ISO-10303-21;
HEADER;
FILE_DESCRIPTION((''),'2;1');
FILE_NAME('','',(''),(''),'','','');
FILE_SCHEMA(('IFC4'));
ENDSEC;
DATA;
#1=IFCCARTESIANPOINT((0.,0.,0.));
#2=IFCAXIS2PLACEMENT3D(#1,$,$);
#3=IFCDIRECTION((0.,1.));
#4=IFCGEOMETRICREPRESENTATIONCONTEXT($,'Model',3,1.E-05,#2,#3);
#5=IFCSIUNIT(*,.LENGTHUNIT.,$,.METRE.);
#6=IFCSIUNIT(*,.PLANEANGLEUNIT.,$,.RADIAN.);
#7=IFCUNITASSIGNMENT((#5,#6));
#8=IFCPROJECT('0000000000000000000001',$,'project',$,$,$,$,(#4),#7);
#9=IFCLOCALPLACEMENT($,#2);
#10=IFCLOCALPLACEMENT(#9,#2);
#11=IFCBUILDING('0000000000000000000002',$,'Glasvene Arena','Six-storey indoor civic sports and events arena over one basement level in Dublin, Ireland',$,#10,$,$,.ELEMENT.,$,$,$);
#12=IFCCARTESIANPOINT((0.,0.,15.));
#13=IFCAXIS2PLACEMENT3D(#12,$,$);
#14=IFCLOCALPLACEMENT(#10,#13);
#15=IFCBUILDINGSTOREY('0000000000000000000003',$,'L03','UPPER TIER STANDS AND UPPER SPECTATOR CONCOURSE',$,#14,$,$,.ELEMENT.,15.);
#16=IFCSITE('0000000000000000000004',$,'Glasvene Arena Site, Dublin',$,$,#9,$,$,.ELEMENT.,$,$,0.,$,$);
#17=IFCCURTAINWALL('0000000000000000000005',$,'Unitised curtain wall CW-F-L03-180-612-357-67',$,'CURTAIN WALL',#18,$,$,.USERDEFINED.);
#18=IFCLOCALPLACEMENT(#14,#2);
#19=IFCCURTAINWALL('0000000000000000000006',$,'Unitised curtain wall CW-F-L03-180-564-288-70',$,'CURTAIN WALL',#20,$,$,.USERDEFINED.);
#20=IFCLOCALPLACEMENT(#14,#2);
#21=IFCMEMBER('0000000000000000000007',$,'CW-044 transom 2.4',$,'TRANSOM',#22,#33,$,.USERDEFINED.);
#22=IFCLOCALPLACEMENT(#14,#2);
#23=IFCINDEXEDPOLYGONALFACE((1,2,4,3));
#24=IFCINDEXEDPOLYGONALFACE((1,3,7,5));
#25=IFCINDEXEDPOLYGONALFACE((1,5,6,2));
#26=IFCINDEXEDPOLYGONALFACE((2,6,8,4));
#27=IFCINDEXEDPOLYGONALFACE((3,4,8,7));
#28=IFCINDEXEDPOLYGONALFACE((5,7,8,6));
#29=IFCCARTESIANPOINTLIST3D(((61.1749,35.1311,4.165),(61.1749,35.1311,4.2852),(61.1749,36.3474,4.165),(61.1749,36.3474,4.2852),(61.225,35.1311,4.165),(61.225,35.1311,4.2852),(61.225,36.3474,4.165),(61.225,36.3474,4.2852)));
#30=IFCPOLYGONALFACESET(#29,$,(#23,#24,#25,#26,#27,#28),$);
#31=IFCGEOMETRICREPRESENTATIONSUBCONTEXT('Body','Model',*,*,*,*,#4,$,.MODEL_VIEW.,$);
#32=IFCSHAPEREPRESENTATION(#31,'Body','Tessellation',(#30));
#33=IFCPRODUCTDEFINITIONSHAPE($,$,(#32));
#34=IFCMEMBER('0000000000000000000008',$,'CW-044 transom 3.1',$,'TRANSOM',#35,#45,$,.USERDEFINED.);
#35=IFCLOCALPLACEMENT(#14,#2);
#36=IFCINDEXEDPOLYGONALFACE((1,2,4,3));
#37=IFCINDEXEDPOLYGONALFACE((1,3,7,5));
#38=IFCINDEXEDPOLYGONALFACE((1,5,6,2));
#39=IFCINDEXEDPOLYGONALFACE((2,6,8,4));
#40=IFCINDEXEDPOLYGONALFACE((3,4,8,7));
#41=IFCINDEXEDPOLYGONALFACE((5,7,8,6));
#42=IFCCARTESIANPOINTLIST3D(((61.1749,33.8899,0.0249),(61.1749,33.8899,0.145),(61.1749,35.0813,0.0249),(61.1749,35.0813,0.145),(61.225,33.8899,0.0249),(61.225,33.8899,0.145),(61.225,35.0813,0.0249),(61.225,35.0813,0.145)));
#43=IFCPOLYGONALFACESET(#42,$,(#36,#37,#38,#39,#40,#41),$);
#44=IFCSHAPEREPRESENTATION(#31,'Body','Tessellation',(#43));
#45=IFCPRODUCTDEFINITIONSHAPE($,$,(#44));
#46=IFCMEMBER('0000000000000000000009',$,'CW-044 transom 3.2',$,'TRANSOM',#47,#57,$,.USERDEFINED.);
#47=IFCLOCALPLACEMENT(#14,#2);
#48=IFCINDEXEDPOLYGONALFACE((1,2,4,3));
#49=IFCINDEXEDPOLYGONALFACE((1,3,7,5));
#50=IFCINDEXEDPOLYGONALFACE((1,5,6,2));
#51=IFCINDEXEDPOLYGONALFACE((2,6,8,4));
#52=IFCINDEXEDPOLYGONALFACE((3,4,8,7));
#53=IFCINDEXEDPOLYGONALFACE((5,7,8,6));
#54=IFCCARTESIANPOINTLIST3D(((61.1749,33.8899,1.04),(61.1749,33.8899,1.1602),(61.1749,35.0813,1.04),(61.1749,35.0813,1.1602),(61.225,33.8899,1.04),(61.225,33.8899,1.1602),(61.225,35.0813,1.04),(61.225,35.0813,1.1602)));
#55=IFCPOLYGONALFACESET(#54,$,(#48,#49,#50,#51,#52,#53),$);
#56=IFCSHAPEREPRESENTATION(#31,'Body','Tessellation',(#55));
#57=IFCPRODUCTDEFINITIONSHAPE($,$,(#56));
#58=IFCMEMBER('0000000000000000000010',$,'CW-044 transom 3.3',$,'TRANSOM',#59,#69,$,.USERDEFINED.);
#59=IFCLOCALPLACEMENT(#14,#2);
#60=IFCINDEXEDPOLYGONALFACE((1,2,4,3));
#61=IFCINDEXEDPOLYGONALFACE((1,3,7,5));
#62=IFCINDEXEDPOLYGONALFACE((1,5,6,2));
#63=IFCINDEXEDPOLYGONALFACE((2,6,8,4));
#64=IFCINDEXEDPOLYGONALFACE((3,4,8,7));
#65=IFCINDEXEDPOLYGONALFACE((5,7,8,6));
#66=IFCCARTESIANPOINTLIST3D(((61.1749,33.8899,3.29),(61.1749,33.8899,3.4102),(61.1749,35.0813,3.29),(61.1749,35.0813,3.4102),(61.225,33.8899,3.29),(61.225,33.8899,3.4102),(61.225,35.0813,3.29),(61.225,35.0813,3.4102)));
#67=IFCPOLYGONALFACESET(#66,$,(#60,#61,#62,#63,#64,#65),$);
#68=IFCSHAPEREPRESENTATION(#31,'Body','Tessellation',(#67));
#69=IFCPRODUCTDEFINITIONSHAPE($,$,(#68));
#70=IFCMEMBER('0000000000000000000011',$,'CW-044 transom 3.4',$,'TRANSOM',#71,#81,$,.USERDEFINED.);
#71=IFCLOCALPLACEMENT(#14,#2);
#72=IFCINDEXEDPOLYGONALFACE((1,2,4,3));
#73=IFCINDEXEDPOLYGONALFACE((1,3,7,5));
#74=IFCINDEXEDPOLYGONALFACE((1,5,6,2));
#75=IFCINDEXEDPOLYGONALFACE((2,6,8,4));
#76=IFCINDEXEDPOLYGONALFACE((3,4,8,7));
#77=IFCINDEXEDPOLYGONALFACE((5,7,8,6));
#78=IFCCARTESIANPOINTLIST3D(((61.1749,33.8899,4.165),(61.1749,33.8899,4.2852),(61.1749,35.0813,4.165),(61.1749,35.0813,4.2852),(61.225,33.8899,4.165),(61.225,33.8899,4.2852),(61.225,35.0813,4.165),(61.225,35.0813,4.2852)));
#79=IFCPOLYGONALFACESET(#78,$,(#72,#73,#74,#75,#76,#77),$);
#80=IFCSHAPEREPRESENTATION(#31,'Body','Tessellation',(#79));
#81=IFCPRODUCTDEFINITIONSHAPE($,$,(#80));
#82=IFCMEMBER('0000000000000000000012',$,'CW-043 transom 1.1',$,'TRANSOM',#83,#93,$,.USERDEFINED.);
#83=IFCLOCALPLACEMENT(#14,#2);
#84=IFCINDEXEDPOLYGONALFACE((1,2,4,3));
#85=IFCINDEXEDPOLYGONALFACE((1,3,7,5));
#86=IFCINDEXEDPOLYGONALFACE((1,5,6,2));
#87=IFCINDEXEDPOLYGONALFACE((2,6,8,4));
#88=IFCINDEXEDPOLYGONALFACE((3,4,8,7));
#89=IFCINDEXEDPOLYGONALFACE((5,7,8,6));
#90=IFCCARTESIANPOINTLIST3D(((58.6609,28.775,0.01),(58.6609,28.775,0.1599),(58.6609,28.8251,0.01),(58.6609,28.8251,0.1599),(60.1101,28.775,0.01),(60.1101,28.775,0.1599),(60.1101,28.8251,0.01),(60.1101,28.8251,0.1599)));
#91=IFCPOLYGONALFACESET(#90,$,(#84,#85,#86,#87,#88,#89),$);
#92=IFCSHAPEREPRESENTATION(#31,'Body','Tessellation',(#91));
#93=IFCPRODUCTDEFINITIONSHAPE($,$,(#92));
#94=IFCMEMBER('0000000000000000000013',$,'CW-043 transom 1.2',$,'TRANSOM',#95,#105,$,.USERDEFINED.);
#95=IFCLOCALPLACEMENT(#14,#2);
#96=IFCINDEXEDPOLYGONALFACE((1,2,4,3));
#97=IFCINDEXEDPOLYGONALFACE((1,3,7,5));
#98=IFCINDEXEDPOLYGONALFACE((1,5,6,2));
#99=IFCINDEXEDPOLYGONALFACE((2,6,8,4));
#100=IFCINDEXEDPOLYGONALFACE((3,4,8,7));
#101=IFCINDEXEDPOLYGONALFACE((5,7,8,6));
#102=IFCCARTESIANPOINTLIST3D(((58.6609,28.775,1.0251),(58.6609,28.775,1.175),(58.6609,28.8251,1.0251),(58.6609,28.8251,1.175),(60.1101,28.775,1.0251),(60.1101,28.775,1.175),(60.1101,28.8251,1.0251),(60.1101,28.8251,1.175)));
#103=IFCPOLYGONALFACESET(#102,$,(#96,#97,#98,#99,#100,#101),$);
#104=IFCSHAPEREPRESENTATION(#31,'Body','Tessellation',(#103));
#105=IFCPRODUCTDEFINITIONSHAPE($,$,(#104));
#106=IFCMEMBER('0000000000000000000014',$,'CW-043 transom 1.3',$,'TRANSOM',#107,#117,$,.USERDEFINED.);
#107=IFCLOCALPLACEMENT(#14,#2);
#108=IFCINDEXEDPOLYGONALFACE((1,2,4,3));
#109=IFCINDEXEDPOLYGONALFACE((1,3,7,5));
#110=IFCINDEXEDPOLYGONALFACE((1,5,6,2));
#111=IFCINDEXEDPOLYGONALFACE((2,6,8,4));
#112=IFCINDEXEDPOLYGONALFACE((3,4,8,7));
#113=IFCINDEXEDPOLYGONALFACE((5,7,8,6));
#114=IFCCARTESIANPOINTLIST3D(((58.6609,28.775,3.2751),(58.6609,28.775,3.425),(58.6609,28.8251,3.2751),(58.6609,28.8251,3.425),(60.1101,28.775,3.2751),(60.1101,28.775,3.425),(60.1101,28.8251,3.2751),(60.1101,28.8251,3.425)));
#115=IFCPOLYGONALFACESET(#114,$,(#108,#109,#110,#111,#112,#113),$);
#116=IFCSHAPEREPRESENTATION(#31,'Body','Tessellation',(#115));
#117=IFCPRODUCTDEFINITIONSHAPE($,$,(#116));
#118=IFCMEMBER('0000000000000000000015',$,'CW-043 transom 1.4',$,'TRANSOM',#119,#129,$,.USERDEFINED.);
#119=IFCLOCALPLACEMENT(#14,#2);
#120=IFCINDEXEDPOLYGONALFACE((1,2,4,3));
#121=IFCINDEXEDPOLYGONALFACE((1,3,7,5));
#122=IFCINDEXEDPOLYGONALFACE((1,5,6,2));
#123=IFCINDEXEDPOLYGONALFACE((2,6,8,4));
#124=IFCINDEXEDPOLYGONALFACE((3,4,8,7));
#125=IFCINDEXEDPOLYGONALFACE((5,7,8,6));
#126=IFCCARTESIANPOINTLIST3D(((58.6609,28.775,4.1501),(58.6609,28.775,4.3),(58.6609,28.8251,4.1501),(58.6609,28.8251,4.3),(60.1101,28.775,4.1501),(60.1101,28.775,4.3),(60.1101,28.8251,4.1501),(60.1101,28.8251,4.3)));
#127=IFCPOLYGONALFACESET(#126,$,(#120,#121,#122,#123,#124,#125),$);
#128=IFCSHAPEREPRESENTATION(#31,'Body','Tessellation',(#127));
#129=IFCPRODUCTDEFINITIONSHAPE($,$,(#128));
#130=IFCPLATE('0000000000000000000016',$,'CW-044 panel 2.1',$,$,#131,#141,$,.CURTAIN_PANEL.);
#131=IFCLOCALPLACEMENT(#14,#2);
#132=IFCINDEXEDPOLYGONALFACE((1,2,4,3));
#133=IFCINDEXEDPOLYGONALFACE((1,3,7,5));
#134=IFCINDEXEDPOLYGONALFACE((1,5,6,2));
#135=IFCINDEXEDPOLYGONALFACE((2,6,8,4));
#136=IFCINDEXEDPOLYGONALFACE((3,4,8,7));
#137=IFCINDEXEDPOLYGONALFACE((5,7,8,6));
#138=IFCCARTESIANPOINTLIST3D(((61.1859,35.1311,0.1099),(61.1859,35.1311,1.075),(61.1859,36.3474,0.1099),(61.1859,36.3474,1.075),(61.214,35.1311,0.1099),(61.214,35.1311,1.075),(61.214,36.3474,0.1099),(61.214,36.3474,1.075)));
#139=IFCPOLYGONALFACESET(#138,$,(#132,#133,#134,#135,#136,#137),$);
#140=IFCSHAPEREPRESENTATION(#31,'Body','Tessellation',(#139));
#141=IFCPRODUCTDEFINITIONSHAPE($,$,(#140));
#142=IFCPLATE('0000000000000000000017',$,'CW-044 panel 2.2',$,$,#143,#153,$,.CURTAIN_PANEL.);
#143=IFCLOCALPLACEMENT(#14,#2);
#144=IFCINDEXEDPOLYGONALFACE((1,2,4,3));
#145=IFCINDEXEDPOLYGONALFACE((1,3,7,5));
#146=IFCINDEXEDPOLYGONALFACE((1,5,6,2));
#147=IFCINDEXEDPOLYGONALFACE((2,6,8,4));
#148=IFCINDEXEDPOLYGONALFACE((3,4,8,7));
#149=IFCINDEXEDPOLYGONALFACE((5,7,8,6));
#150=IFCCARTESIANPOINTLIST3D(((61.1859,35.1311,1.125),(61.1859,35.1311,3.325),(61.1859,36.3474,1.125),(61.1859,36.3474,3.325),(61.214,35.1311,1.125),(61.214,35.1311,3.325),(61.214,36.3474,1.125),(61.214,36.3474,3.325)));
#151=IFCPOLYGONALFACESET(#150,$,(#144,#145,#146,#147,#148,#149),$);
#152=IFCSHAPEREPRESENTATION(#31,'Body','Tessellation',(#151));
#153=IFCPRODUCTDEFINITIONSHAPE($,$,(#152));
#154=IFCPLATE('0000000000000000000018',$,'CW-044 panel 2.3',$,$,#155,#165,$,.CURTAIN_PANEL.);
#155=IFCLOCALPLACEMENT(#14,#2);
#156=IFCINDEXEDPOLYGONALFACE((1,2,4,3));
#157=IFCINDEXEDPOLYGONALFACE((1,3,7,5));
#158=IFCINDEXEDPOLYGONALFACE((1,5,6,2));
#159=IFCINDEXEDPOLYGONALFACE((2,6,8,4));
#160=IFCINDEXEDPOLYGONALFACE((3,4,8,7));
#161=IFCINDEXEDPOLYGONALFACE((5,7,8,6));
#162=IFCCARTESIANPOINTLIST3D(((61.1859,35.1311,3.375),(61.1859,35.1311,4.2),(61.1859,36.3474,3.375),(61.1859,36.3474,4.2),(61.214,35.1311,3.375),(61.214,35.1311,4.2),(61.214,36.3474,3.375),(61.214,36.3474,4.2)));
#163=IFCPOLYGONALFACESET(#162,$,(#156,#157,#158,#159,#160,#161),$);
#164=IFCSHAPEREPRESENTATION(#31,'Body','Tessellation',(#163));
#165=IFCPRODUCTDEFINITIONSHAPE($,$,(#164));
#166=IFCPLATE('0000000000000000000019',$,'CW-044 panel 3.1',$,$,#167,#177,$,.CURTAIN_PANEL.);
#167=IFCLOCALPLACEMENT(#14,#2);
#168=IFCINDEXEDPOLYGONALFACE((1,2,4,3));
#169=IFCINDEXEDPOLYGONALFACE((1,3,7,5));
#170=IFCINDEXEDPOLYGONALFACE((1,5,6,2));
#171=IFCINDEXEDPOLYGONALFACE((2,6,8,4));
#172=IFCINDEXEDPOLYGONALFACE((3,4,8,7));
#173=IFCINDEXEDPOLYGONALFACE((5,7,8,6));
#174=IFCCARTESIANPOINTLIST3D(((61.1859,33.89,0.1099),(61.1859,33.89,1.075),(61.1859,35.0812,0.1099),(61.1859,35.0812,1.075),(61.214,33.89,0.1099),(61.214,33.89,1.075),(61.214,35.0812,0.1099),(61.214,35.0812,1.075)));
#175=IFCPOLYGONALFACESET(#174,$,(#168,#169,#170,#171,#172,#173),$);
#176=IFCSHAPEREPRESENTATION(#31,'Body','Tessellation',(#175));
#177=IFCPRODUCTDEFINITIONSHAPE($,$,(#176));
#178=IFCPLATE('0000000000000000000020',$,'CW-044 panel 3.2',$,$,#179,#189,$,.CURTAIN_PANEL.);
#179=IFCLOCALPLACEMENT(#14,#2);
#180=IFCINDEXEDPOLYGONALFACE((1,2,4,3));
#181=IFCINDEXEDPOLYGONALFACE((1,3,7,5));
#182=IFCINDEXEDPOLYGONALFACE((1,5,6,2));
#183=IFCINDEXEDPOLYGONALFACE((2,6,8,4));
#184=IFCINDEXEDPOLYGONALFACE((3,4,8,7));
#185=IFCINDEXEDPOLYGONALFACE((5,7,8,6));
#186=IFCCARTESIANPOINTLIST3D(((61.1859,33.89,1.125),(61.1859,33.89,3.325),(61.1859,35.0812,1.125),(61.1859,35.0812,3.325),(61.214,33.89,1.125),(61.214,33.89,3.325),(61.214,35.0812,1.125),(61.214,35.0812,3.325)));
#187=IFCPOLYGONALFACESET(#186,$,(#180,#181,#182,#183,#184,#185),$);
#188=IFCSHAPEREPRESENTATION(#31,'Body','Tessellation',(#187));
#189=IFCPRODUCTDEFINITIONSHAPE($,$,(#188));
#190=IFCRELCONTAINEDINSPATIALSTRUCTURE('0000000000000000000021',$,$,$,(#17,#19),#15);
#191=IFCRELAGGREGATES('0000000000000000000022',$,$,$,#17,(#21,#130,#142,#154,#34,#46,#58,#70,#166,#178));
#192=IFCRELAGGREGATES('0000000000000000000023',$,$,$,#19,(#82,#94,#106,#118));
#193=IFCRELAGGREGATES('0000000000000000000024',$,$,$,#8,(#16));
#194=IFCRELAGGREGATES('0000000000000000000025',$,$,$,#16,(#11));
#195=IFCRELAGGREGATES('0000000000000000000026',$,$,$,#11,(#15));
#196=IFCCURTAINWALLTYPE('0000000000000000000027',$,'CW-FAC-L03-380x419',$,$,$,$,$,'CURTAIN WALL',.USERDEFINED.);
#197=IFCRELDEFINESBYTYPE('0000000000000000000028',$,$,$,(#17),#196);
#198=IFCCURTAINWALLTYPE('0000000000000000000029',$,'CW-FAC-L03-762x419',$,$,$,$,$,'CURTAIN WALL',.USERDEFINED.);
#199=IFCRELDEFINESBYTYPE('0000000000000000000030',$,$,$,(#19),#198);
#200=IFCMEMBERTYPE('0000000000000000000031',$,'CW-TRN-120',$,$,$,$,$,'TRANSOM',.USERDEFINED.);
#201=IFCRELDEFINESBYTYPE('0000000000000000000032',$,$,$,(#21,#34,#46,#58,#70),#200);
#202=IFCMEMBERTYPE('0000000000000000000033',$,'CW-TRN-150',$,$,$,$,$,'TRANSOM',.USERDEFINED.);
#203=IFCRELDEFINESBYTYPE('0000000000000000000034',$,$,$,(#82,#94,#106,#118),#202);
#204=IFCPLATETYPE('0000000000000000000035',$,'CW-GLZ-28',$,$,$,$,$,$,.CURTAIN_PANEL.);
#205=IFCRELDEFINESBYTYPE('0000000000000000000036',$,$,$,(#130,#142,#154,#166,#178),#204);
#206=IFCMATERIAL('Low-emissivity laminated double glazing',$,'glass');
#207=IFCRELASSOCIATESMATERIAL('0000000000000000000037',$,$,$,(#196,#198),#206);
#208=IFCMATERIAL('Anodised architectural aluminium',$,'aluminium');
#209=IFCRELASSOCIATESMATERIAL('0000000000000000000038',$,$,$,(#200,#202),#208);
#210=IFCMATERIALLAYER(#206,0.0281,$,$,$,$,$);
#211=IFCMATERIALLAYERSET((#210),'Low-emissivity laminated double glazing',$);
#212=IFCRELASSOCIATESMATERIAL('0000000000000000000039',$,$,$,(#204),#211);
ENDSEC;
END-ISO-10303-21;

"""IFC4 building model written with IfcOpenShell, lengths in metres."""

from ifc_helpers import new_model, si_unit, direction, frame, origin, origin_2d, place, context, subcontext, project, spatial, rectangle, extrude, material, layer, layer_set, material_profile, profile_set, type_object, element, aggregate, save


model = new_model("IFC4")

# Units and contexts
model_context = context("Model", 3, precision=1e-05, world=origin(), true_north=direction((0.0, 1.0)))
body_context = subcontext(model_context, "Body", "Model", "MODEL_VIEW")
ifc_project = project(units=[si_unit("LENGTHUNIT", "METRE"), si_unit("PLANEANGLEUNIT", "RADIAN")], contexts=[model_context])

# Site, building, storey
site_placement = place(None, origin())
site = spatial("IfcSite", under=ifc_project, at=site_placement, Name="Glasvene Arena Site, Dublin", CompositionType="ELEMENT", RefElevation=0.0)
building_placement = place(site_placement, origin())
building = spatial("IfcBuilding", under=site, at=building_placement, Name="Glasvene Arena", Description="Six-storey indoor civic sports and events arena over one basement level in Dublin, Ireland", CompositionType="ELEMENT")
storey_placement = place(building_placement, frame((0.0, 0.0, 15.0)))
storey = spatial("IfcBuildingStorey", under=building, at=storey_placement, Name="L03", Description="UPPER TIER STANDS AND UPPER SPECTATOR CONCOURSE", CompositionType="ELEMENT", Elevation=15.0)

# Curtain wall
ifc_material_1 = material(Name="Low-emissivity laminated double glazing", Category="glass")
curtain_wall_type_1 = type_object("IfcCurtainWallType", Name="CW-FAC-L03-380x419", ElementType="CURTAIN WALL", PredefinedType="USERDEFINED", material=ifc_material_1)
curtain_wall_1_placement = place(storey_placement, frame((61.2, 37.6387, 0.0)))
curtain_wall_1 = element("IfcCurtainWall", 1, at=curtain_wall_1_placement, inside=storey, type_object=curtain_wall_type_1, Name="Unitised curtain wall CW-F-L03-180-612-357-67", ObjectType="CURTAIN WALL", PredefinedType="USERDEFINED")
ifc_material_2 = material(Name="Anodised architectural aluminium", Category="aluminium")

# Curtain wall
curtain_wall_type_2 = type_object("IfcCurtainWallType", Name="CW-FAC-L03-762x419", ElementType="CURTAIN WALL", PredefinedType="USERDEFINED", material=ifc_material_1)
curtain_wall_2_placement = place(storey_placement, frame((60.1599, 28.8, 0.0)))
curtain_wall_2 = element("IfcCurtainWall", 2, at=curtain_wall_2_placement, inside=storey, type_object=curtain_wall_type_2, Name="Unitised curtain wall CW-F-L03-180-564-288-70", ObjectType="CURTAIN WALL", PredefinedType="USERDEFINED")

# Members
ifc_material_profile_1 = material_profile(ifc_material_2, rectangle(XDim=0.05, YDim=0.1201, at=origin_2d()), Name="ALU TRANSOM 50x120")
ifc_profile_set_1 = profile_set([ifc_material_profile_1], Name="Anodised architectural aluminium")
member_type_1 = type_object("IfcMemberType", Name="CW-TRN-120", ElementType="TRANSOM", PredefinedType="USERDEFINED", material=ifc_profile_set_1)
member_1_placement = place(storey_placement, frame((61.2, 36.3474, 4.2251), z_axis=(0.0, -1.0, 0.0), x_axis=(1.0, 0.0, 0.0)))
member_1 = element("IfcMember", 3, at=member_1_placement, type_object=member_type_1, Name="CW-044 transom 2.4", ObjectType="TRANSOM", PredefinedType="USERDEFINED", context=body_context, shape_type="SweptSolid", body=[
    extrude(rectangle(XDim=0.05, YDim=0.1201, at=origin_2d()), origin(), (0.0, 0.0, 1.0), 1.2163),
])
member_2_placement = place(storey_placement, frame((61.2, 35.0813, 0.085), z_axis=(0.0, -1.0, 0.0), x_axis=(1.0, 0.0, 0.0)))
member_2 = element("IfcMember", 4, at=member_2_placement, type_object=member_type_1, Name="CW-044 transom 3.1", ObjectType="TRANSOM", PredefinedType="USERDEFINED", context=body_context, shape_type="SweptSolid", body=[
    extrude(rectangle(XDim=0.05, YDim=0.1201, at=origin_2d()), origin(), (0.0, 0.0, 1.0), 1.1914),
])
member_3_placement = place(storey_placement, frame((61.2, 35.0813, 1.1001), z_axis=(0.0, -1.0, 0.0), x_axis=(1.0, 0.0, 0.0)))
member_3 = element("IfcMember", 5, at=member_3_placement, type_object=member_type_1, Name="CW-044 transom 3.2", ObjectType="TRANSOM", PredefinedType="USERDEFINED", context=body_context, shape_type="SweptSolid", body=[
    extrude(rectangle(XDim=0.05, YDim=0.1201, at=origin_2d()), origin(), (0.0, 0.0, 1.0), 1.1914),
])
member_4_placement = place(storey_placement, frame((61.2, 35.0813, 3.3501), z_axis=(0.0, -1.0, 0.0), x_axis=(1.0, 0.0, 0.0)))
member_4 = element("IfcMember", 6, at=member_4_placement, type_object=member_type_1, Name="CW-044 transom 3.3", ObjectType="TRANSOM", PredefinedType="USERDEFINED", context=body_context, shape_type="SweptSolid", body=[
    extrude(rectangle(XDim=0.05, YDim=0.1201, at=origin_2d()), origin(), (0.0, 0.0, 1.0), 1.1914),
])
member_5_placement = place(storey_placement, frame((61.2, 35.0813, 4.2251), z_axis=(0.0, -1.0, 0.0), x_axis=(1.0, 0.0, 0.0)))
member_5 = element("IfcMember", 7, at=member_5_placement, type_object=member_type_1, Name="CW-044 transom 3.4", ObjectType="TRANSOM", PredefinedType="USERDEFINED", context=body_context, shape_type="SweptSolid", body=[
    extrude(rectangle(XDim=0.05, YDim=0.1201, at=origin_2d()), origin(), (0.0, 0.0, 1.0), 1.1914),
])
ifc_material_profile_2 = material_profile(ifc_material_2, rectangle(XDim=0.05, YDim=0.1499, at=origin_2d()), Name="ALU TRANSOM 50x150")
ifc_profile_set_2 = profile_set([ifc_material_profile_2], Name="Anodised architectural aluminium")
member_type_2 = type_object("IfcMemberType", Name="CW-TRN-150", ElementType="TRANSOM", PredefinedType="USERDEFINED", material=ifc_profile_set_2)
member_6_placement = place(storey_placement, frame((60.1101, 28.8, 0.085), z_axis=(-1.0, 0.0, 0.0), x_axis=(0.0, -1.0, 0.0)))
member_6 = element("IfcMember", 8, at=member_6_placement, type_object=member_type_2, Name="CW-043 transom 1.1", ObjectType="TRANSOM", PredefinedType="USERDEFINED", context=body_context, shape_type="SweptSolid", body=[
    extrude(rectangle(XDim=0.05, YDim=0.1499, at=origin_2d()), origin(), (0.0, 0.0, 1.0), 1.4492),
])
member_7_placement = place(storey_placement, frame((60.1101, 28.8, 1.1001), z_axis=(-1.0, 0.0, 0.0), x_axis=(0.0, -1.0, 0.0)))
member_7 = element("IfcMember", 9, at=member_7_placement, type_object=member_type_2, Name="CW-043 transom 1.2", ObjectType="TRANSOM", PredefinedType="USERDEFINED", context=body_context, shape_type="SweptSolid", body=[
    extrude(rectangle(XDim=0.05, YDim=0.1499, at=origin_2d()), origin(), (0.0, 0.0, 1.0), 1.4492),
])
member_8_placement = place(storey_placement, frame((60.1101, 28.8, 3.3501), z_axis=(-1.0, 0.0, 0.0), x_axis=(0.0, -1.0, 0.0)))
member_8 = element("IfcMember", 10, at=member_8_placement, type_object=member_type_2, Name="CW-043 transom 1.3", ObjectType="TRANSOM", PredefinedType="USERDEFINED", context=body_context, shape_type="SweptSolid", body=[
    extrude(rectangle(XDim=0.05, YDim=0.1499, at=origin_2d()), origin(), (0.0, 0.0, 1.0), 1.4492),
])
member_9_placement = place(storey_placement, frame((60.1101, 28.8, 4.2251), z_axis=(-1.0, 0.0, 0.0), x_axis=(0.0, -1.0, 0.0)))
member_9 = element("IfcMember", 11, at=member_9_placement, type_object=member_type_2, Name="CW-043 transom 1.4", ObjectType="TRANSOM", PredefinedType="USERDEFINED", context=body_context, shape_type="SweptSolid", body=[
    extrude(rectangle(XDim=0.05, YDim=0.1499, at=origin_2d()), origin(), (0.0, 0.0, 1.0), 1.4492),
])

# Plates
ifc_layer_1 = layer(ifc_material_1, 0.0281)
ifc_layer_set_1 = layer_set([ifc_layer_1], Name="Low-emissivity laminated double glazing")
plate_type = type_object("IfcPlateType", Name="CW-GLZ-28", PredefinedType="CURTAIN_PANEL", material=ifc_layer_set_1)
plate_1_placement = place(storey_placement, frame((61.2, 35.7393, 0.1099), z_axis=(0.0, 0.0, 1.0), x_axis=(0.0, -1.0, 0.0)))
plate_1 = element("IfcPlate", 12, at=plate_1_placement, type_object=plate_type, Name="CW-044 panel 2.1", PredefinedType="CURTAIN_PANEL", context=body_context, shape_type="SweptSolid", body=[
    extrude(rectangle(XDim=1.2163, YDim=0.0281, at=origin_2d()), origin(), (0.0, 0.0, 1.0), 0.9651),
])
plate_2_placement = place(storey_placement, frame((61.2, 35.7393, 1.125), z_axis=(0.0, 0.0, 1.0), x_axis=(0.0, -1.0, 0.0)))
plate_2 = element("IfcPlate", 13, at=plate_2_placement, type_object=plate_type, Name="CW-044 panel 2.2", PredefinedType="CURTAIN_PANEL", context=body_context, shape_type="SweptSolid", body=[
    extrude(rectangle(XDim=1.2163, YDim=0.0281, at=origin_2d()), origin(), (0.0, 0.0, 1.0), 2.2),
])
plate_3_placement = place(storey_placement, frame((61.2, 35.7393, 3.375), z_axis=(0.0, 0.0, 1.0), x_axis=(0.0, -1.0, 0.0)))
plate_3 = element("IfcPlate", 14, at=plate_3_placement, type_object=plate_type, Name="CW-044 panel 2.3", PredefinedType="CURTAIN_PANEL", context=body_context, shape_type="SweptSolid", body=[
    extrude(rectangle(XDim=1.2163, YDim=0.0281, at=origin_2d()), origin(), (0.0, 0.0, 1.0), 0.825),
])
plate_4_placement = place(storey_placement, frame((61.2, 34.4856, 0.1099), z_axis=(0.0, 0.0, 1.0), x_axis=(0.0, -1.0, 0.0)))
plate_4 = element("IfcPlate", 15, at=plate_4_placement, type_object=plate_type, Name="CW-044 panel 3.1", PredefinedType="CURTAIN_PANEL", context=body_context, shape_type="SweptSolid", body=[
    extrude(rectangle(XDim=1.1912, YDim=0.0281, at=origin_2d()), origin(), (0.0, 0.0, 1.0), 0.9651),
])
plate_5_placement = place(storey_placement, frame((61.2, 34.4856, 1.125), z_axis=(0.0, 0.0, 1.0), x_axis=(0.0, -1.0, 0.0)))
plate_5 = element("IfcPlate", 16, at=plate_5_placement, type_object=plate_type, Name="CW-044 panel 3.2", PredefinedType="CURTAIN_PANEL", context=body_context, shape_type="SweptSolid", body=[
    extrude(rectangle(XDim=1.1912, YDim=0.0281, at=origin_2d()), origin(), (0.0, 0.0, 1.0), 2.2),
])
aggregate(curtain_wall_1, [member_1, plate_1, plate_2, plate_3, member_2, member_3, member_4, member_5, plate_4, plate_5])
aggregate(curtain_wall_2, [member_6, member_7, member_8, member_9])

save(model, "model.ifc")
